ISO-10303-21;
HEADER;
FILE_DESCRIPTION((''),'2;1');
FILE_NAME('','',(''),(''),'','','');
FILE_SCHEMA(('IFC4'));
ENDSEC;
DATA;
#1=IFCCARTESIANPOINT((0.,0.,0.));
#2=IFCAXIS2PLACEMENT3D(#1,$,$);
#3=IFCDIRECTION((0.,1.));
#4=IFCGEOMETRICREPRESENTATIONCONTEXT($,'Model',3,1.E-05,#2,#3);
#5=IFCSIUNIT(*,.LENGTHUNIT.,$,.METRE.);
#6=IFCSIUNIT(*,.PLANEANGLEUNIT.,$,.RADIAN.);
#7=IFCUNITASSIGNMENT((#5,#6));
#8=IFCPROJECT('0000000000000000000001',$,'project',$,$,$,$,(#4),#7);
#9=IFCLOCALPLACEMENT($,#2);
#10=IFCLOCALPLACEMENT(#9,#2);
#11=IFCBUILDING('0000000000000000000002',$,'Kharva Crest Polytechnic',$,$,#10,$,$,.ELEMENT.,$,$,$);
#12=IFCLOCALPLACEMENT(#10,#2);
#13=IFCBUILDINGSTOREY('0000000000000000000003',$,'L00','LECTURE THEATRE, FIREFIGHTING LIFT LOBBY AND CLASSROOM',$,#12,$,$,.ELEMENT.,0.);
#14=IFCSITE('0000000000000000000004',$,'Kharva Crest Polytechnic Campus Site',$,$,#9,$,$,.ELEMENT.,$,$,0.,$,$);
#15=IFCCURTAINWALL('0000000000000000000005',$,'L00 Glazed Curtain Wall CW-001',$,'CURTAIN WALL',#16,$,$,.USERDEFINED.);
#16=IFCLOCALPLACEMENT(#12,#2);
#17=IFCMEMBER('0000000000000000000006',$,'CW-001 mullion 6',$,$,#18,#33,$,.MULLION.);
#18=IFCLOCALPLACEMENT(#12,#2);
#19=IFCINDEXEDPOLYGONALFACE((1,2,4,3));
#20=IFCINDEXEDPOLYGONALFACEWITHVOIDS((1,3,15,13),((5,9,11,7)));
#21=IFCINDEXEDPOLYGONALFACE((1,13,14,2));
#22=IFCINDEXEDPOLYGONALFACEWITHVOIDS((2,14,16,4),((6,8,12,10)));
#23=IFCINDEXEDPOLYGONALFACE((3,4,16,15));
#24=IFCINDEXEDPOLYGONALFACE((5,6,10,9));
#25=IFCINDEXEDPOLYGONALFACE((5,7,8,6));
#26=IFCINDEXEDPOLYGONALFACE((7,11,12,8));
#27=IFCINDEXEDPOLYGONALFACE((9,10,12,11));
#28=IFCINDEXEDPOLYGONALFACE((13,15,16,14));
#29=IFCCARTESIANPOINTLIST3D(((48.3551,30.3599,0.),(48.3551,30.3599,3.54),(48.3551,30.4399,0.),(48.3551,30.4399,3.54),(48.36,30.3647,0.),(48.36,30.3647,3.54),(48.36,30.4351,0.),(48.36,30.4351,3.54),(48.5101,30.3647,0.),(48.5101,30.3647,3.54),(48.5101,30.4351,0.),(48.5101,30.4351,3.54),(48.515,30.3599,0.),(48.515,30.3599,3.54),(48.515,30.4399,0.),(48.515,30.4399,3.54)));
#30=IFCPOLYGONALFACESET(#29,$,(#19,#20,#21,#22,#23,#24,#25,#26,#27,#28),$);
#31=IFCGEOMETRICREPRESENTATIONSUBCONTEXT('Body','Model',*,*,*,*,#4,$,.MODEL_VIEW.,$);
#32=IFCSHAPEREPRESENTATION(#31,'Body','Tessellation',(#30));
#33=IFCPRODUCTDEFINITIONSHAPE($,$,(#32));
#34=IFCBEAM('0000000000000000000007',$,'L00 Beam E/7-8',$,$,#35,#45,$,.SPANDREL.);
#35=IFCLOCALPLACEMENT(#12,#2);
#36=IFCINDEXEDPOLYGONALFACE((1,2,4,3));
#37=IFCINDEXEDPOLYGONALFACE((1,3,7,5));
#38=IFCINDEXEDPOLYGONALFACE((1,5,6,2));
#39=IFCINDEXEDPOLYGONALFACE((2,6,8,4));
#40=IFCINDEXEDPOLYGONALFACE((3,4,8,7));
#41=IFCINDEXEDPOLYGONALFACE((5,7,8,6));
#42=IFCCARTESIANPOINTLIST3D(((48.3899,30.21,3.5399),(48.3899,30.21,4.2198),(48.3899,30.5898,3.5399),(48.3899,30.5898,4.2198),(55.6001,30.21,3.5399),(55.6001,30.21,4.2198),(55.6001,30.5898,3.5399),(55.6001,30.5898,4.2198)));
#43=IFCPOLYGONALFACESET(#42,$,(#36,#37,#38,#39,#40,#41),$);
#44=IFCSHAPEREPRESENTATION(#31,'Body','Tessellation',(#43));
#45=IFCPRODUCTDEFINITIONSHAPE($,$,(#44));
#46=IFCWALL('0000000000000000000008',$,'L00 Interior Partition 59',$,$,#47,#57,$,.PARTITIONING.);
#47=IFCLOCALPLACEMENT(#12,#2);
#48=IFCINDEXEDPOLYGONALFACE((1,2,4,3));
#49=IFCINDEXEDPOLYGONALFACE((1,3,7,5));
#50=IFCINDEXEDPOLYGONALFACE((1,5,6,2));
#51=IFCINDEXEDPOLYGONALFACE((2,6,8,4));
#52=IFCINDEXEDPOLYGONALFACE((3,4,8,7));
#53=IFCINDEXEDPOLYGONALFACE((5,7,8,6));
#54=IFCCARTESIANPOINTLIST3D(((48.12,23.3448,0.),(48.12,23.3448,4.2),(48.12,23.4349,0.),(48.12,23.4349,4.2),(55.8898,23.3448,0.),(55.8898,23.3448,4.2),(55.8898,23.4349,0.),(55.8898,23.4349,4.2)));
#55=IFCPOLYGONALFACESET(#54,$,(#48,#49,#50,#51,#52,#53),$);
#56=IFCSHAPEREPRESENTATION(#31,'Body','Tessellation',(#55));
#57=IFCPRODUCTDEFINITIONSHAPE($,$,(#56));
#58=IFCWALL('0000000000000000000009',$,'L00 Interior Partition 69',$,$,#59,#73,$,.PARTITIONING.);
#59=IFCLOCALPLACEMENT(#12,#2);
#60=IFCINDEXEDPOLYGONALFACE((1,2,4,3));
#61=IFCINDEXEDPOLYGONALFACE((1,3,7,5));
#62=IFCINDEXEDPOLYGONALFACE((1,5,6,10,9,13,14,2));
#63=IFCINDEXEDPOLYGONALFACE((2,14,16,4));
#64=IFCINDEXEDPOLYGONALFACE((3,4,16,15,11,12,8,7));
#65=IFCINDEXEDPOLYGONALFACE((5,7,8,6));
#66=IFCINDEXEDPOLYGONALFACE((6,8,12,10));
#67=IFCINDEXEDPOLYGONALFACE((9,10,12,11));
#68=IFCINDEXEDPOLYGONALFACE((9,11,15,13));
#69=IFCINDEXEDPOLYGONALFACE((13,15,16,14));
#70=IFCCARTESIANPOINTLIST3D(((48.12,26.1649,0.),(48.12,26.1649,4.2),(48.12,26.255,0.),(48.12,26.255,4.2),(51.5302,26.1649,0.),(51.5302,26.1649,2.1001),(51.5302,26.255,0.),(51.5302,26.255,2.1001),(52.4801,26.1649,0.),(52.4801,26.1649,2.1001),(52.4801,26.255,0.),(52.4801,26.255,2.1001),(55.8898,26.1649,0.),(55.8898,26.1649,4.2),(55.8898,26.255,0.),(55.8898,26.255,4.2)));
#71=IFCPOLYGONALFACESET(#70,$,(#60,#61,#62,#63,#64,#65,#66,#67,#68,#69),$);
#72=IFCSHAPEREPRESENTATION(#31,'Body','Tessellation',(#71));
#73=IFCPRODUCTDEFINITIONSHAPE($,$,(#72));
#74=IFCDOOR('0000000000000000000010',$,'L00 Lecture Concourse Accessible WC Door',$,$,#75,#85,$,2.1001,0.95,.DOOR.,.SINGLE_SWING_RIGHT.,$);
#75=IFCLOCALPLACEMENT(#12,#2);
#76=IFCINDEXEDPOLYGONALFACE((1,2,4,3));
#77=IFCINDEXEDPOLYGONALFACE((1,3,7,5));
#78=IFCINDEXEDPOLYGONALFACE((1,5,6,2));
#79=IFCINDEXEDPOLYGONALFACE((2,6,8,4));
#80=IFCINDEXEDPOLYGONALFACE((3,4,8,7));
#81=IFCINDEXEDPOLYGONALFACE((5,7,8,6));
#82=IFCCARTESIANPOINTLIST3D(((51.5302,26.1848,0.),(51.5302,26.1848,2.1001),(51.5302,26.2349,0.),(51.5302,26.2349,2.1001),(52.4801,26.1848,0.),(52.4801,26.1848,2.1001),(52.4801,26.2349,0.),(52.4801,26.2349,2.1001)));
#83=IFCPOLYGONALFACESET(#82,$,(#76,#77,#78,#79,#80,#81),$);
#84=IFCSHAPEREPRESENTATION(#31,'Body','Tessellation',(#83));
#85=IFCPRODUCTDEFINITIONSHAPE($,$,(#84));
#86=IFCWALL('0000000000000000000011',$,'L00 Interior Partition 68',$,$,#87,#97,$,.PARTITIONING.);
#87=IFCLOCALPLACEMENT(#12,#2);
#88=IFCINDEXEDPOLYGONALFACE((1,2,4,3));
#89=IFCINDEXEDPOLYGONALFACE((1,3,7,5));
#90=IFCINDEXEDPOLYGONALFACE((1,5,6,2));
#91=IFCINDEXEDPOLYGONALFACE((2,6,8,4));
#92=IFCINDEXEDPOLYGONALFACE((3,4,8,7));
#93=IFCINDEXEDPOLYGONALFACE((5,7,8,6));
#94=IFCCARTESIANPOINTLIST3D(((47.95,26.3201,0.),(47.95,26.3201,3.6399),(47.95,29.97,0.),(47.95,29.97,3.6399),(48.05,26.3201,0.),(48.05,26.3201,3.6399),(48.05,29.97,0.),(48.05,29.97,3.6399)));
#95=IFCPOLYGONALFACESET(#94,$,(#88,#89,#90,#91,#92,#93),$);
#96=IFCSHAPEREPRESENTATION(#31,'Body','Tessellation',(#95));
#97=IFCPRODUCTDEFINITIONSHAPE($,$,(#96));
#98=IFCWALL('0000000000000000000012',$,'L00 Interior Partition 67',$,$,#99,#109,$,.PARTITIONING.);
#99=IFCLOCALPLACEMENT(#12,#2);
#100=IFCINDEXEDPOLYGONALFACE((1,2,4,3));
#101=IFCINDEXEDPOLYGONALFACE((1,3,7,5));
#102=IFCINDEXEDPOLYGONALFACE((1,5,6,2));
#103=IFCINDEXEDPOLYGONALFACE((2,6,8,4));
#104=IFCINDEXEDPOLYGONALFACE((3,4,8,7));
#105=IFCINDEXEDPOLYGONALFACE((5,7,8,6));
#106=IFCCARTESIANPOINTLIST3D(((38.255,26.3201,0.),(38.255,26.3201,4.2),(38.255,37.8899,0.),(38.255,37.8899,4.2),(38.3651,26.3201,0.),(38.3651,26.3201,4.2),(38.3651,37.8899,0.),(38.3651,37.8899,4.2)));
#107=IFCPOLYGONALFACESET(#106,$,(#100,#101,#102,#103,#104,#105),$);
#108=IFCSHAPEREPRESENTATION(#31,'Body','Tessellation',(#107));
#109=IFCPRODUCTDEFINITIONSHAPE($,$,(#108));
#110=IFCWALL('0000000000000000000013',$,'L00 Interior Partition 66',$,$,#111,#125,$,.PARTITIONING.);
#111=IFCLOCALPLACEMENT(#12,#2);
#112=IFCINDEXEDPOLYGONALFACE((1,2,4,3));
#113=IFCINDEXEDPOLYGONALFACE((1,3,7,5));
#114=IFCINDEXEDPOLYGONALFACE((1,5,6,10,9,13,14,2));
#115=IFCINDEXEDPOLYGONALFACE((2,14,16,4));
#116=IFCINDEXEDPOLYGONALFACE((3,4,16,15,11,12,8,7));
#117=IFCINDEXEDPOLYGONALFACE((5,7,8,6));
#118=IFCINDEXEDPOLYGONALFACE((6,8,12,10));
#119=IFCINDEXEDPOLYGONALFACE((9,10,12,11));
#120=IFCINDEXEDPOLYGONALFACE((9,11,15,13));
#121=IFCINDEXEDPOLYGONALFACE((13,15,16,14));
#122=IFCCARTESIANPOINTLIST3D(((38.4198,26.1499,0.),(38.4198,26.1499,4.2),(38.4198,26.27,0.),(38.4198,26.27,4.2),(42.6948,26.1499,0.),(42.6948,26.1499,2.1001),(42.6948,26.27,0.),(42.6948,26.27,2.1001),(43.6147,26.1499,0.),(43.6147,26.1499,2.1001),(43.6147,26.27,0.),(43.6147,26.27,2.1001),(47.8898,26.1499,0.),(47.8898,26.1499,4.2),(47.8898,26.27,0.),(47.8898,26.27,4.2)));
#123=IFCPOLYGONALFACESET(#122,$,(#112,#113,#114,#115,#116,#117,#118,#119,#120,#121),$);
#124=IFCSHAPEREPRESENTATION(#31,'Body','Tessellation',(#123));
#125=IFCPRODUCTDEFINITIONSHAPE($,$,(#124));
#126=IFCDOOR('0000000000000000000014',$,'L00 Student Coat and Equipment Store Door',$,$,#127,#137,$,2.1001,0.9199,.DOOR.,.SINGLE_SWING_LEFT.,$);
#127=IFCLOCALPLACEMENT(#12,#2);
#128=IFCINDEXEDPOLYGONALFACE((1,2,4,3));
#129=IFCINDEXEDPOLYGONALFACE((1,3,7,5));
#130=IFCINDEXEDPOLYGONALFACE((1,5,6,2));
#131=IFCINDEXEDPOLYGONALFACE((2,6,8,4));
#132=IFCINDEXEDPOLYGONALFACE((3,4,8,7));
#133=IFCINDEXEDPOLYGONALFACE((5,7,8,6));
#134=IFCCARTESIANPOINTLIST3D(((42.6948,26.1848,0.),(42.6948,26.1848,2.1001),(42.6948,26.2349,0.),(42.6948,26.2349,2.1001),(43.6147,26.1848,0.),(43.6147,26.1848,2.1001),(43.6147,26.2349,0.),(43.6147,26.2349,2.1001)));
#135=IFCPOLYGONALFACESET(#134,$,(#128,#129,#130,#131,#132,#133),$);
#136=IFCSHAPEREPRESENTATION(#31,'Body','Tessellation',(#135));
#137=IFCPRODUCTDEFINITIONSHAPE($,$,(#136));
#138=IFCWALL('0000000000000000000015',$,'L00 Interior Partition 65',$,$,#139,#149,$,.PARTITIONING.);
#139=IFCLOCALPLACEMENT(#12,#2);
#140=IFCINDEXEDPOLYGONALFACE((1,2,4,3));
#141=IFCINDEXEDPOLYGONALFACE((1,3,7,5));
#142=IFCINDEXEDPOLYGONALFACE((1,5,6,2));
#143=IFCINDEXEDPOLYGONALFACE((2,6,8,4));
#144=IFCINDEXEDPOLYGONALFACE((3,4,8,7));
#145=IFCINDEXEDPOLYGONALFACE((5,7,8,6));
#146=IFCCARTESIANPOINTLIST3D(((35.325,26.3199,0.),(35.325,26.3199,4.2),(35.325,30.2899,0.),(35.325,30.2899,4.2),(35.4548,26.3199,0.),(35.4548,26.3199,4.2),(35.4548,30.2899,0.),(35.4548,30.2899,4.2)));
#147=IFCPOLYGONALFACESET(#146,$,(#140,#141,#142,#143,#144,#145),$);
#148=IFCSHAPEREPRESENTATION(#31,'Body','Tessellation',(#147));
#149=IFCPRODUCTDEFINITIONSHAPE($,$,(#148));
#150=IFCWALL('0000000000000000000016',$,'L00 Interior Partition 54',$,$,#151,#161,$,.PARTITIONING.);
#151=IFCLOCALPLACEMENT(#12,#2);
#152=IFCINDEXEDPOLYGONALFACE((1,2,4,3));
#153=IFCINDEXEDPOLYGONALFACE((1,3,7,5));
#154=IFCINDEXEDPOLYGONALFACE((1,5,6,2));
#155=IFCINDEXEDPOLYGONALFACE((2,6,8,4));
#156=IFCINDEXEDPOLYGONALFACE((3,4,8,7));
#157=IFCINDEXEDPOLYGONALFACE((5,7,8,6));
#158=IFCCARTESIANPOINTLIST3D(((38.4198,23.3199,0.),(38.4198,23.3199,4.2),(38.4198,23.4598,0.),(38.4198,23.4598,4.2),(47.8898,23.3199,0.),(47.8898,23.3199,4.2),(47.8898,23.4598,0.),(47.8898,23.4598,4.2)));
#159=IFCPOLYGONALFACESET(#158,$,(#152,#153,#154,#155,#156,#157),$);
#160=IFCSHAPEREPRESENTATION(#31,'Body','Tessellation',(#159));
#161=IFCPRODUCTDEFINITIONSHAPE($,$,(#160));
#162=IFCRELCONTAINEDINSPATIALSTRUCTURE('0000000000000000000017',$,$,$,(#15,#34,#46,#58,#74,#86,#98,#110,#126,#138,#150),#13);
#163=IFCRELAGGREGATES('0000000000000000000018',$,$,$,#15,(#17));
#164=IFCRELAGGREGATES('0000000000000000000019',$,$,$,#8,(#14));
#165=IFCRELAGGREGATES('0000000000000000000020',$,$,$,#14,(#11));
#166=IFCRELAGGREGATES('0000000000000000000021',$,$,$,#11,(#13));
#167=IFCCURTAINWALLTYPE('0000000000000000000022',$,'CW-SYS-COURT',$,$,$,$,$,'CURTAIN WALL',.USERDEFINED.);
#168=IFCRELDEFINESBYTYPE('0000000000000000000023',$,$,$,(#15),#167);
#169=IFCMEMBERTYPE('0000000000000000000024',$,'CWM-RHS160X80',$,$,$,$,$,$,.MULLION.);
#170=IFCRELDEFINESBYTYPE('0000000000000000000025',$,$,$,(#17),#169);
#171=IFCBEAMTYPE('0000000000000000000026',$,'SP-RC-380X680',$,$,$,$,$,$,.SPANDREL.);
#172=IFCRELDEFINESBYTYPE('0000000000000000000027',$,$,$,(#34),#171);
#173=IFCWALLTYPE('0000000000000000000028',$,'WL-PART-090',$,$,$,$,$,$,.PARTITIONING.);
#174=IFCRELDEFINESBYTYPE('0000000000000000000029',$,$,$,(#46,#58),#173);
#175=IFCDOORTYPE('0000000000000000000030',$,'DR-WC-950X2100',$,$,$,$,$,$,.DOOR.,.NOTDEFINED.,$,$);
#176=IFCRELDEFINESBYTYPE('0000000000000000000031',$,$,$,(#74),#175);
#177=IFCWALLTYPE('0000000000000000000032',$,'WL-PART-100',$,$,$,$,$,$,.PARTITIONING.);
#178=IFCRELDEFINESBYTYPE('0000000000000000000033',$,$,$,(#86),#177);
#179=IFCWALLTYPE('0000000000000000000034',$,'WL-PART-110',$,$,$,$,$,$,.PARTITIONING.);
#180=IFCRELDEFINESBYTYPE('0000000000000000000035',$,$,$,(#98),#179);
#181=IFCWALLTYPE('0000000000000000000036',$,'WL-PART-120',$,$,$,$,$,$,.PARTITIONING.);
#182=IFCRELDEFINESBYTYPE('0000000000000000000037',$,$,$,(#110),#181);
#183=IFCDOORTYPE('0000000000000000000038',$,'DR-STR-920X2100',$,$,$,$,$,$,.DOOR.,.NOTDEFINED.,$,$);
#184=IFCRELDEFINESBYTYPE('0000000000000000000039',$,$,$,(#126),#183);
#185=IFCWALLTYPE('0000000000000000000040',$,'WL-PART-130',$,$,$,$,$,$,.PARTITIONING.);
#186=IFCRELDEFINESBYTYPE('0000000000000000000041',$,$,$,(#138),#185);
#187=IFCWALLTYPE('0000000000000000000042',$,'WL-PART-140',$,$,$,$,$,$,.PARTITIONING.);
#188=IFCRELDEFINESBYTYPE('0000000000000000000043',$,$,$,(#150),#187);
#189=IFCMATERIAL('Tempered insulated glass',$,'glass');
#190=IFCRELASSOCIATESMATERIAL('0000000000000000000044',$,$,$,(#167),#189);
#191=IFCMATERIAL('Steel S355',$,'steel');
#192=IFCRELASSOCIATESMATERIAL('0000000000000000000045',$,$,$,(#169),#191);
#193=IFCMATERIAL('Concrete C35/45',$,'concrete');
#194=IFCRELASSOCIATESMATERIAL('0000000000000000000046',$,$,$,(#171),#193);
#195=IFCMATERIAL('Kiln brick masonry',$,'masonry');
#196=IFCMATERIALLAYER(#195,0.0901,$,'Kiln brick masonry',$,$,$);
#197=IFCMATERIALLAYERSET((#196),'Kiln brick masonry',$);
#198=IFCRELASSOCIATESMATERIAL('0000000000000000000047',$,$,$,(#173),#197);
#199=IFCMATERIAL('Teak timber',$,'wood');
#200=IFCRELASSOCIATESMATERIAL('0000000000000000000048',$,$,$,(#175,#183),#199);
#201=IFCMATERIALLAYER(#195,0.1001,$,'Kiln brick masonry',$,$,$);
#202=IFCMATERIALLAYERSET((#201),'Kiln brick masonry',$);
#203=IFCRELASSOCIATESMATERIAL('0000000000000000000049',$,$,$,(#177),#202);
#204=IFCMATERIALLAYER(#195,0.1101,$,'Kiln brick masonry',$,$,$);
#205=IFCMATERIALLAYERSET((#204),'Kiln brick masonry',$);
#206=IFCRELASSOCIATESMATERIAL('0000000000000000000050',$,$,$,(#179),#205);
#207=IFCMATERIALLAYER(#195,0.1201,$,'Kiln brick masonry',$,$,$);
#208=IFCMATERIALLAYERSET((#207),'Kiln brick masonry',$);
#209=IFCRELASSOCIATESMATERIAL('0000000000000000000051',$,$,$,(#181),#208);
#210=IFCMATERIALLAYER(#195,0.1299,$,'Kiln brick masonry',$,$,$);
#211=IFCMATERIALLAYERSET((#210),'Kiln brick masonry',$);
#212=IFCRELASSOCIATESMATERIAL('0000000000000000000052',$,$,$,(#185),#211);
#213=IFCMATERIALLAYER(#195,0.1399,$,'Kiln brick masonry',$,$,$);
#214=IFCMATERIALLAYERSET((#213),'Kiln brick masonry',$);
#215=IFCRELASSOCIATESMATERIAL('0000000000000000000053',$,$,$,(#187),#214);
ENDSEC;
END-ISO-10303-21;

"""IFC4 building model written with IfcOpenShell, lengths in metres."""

from ifc_helpers import new_model, si_unit, direction, frame, frame_2d, origin, origin_2d, place, context, subcontext, project, spatial, rectangle, hollow_rectangle, extrude, material, layer, layer_set, material_profile, profile_set, type_object, element, fill, aggregate, save


model = new_model("IFC4")

# Units and contexts
model_context = context("Model", 3, precision=1e-05, world=origin(), true_north=direction((0.0, 1.0)))
body_context = subcontext(model_context, "Body", "Model", "MODEL_VIEW")
ifc_project = project(units=[si_unit("LENGTHUNIT", "METRE"), si_unit("PLANEANGLEUNIT", "RADIAN")], contexts=[model_context])

# Site, building, storey
site_placement = place(None, origin())
site = spatial("IfcSite", under=ifc_project, at=site_placement, Name="Kharva Crest Polytechnic Campus Site", CompositionType="ELEMENT", RefElevation=0.0)
building_placement = place(site_placement, origin())
building = spatial("IfcBuilding", under=site, at=building_placement, Name="Kharva Crest Polytechnic", CompositionType="ELEMENT")
storey_placement = place(building_placement, origin())
storey = spatial("IfcBuildingStorey", under=building, at=storey_placement, Name="L00", Description="LECTURE THEATRE, FIREFIGHTING LIFT LOBBY AND CLASSROOM", CompositionType="ELEMENT", Elevation=0.0)

# Shared definitions
ifc_material_1 = material(Name="Concrete C35/45", Category="concrete")

# Curtain wall, member
ifc_material_2 = material(Name="Tempered insulated glass", Category="glass")
curtain_wall_type = type_object("IfcCurtainWallType", Name="CW-SYS-COURT", ElementType="CURTAIN WALL", PredefinedType="USERDEFINED", material=ifc_material_2)
curtain_wall_placement = place(storey_placement, origin())
curtain_wall = element("IfcCurtainWall", 1, at=curtain_wall_placement, inside=storey, type_object=curtain_wall_type, Name="L00 Glazed Curtain Wall CW-001", ObjectType="CURTAIN WALL", PredefinedType="USERDEFINED")
ifc_material_3 = material(Name="Steel S355", Category="steel")
ifc_material_profile_1 = material_profile(ifc_material_3, hollow_rectangle(XDim=0.0801, YDim=0.1599, WallThickness=0.0049, at=origin_2d()), Name="RHS 160X80X5.0")
ifc_profile_set_1 = profile_set([ifc_material_profile_1], Name="Steel S355")
member_type = type_object("IfcMemberType", Name="CWM-RHS160X80", PredefinedType="MULLION", material=ifc_profile_set_1)
member_placement = place(storey_placement, frame((48.4351, 30.3999, 0.0), z_axis=(0.0, 0.0, 1.0), x_axis=(0.0, -1.0, 0.0)))
member = element("IfcMember", 2, at=member_placement, type_object=member_type, Name="CW-001 mullion 6", PredefinedType="MULLION", context=body_context, shape_type="SweptSolid", body=[
    extrude(hollow_rectangle(XDim=0.0801, YDim=0.1599, WallThickness=0.0049, at=origin_2d()), origin(), (0.0, 0.0, 1.0), 3.54),
])
aggregate(curtain_wall, [member])

# Beam
ifc_material_profile_2 = material_profile(ifc_material_1, rectangle(XDim=0.3799, YDim=0.6799, at=origin_2d()), Name="RECT 380 X 680")
ifc_profile_set_2 = profile_set([ifc_material_profile_2], Name="Concrete C35/45")
beam_type_1 = type_object("IfcBeamType", Name="SP-RC-380X680", PredefinedType="SPANDREL", material=ifc_profile_set_2)
beam_1_placement = place(storey_placement, frame((48.3899, 30.3999, 3.8799), z_axis=(1.0, 0.0, 0.0), x_axis=(0.0, 1.0, 0.0)))
element("IfcBeam", 3, at=beam_1_placement, inside=storey, type_object=beam_type_1, Name="L00 Beam E/7-8", PredefinedType="SPANDREL", context=body_context, shape_type="SweptSolid", body=[
    extrude(rectangle(XDim=0.3799, YDim=0.6799, at=origin_2d()), origin(), (0.0, 0.0, 1.0), 7.2102),
])

# Wall
ifc_material_4 = material(Name="Kiln brick masonry", Category="masonry")
ifc_layer_1 = layer(ifc_material_4, 0.0901, Name="Kiln brick masonry")
ifc_layer_set_1 = layer_set([ifc_layer_1], Name="Kiln brick masonry")
wall_type_1 = type_object("IfcWallType", Name="WL-PART-090", PredefinedType="PARTITIONING", material=ifc_layer_set_1)
wall_1_placement = place(storey_placement, frame((48.1201, 23.3899, 0.0), z_axis=(0.0, 0.0, 1.0), x_axis=(1.0, 0.0, 0.0)))
element("IfcWall", 4, at=wall_1_placement, inside=storey, type_object=wall_type_1, Name="L00 Interior Partition 59", PredefinedType="PARTITIONING", context=body_context, shape_type="SweptSolid", body=[
    extrude(rectangle(XDim=7.7698, YDim=0.0901, at=frame_2d((3.8848, 0.0))), origin(), (0.0, 0.0, 1.0), 4.2),
])

# Wall, opening, door
wall_2_placement = place(storey_placement, frame((48.1201, 26.21, 0.0), z_axis=(0.0, 0.0, 1.0), x_axis=(1.0, 0.0, 0.0)))
wall_2 = element("IfcWall", 5, at=wall_2_placement, inside=storey, type_object=wall_type_1, Name="L00 Interior Partition 69", PredefinedType="PARTITIONING", context=body_context, shape_type="SweptSolid", body=[
    extrude(rectangle(XDim=7.7698, YDim=0.0901, at=frame_2d((3.8848, 0.0))), origin(), (0.0, 0.0, 1.0), 4.2),
])
opening_1_placement = place(wall_2_placement, frame((3.4099, 0.0, 0.0)))
opening_1 = element("IfcOpeningElement", 6, at=opening_1_placement, cuts=wall_2, PredefinedType="OPENING", context=body_context, shape_type="SweptSolid", body=[
    extrude(rectangle(XDim=0.95, YDim=2.1001, at=frame_2d((0.4751, 1.05))), frame((0.0, 0.0549, 0.0), z_axis=(0.0, -1.0, 0.0), x_axis=(1.0, 0.0, 0.0)), (0.0, 0.0, 1.0), 0.1101),
])
ifc_material_5 = material(Name="Teak timber", Category="wood")
door_type_1 = type_object("IfcDoorType", Name="DR-WC-950X2100", OperationType="NOTDEFINED", PredefinedType="DOOR", material=ifc_material_5)
door_1_placement = place(opening_1_placement, origin())
door_1 = element("IfcDoor", 7, at=door_1_placement, inside=storey, type_object=door_type_1, Name="L00 Lecture Concourse Accessible WC Door", OperationType="SINGLE_SWING_RIGHT", OverallHeight=2.1001, OverallWidth=0.95, PredefinedType="DOOR", context=body_context, shape_type="SweptSolid", body=[
    extrude(rectangle(XDim=0.95, YDim=2.1001, at=frame_2d((0.4751, 1.05))), frame((0.0, 0.0249, 0.0), z_axis=(0.0, -1.0, 0.0), x_axis=(1.0, 0.0, 0.0)), (0.0, 0.0, 1.0), 0.05),
])
fill(opening_1, door_1)

# Walls
ifc_layer_2 = layer(ifc_material_4, 0.1001, Name="Kiln brick masonry")
ifc_layer_set_2 = layer_set([ifc_layer_2], Name="Kiln brick masonry")
wall_type_2 = type_object("IfcWallType", Name="WL-PART-100", PredefinedType="PARTITIONING", material=ifc_layer_set_2)
wall_3_placement = place(storey_placement, frame((48.0, 26.3201, 0.0), z_axis=(0.0, 0.0, 1.0), x_axis=(0.0, 1.0, 0.0)))
element("IfcWall", 8, at=wall_3_placement, inside=storey, type_object=wall_type_2, Name="L00 Interior Partition 68", PredefinedType="PARTITIONING", context=body_context, shape_type="SweptSolid", body=[
    extrude(rectangle(XDim=3.6499, YDim=0.1001, at=frame_2d((1.825, 0.0))), origin(), (0.0, 0.0, 1.0), 3.6399),
])
ifc_layer_3 = layer(ifc_material_4, 0.1101, Name="Kiln brick masonry")
ifc_layer_set_3 = layer_set([ifc_layer_3], Name="Kiln brick masonry")
wall_type_3 = type_object("IfcWallType", Name="WL-PART-110", PredefinedType="PARTITIONING", material=ifc_layer_set_3)
wall_4_placement = place(storey_placement, frame((38.3101, 26.3201, 0.0), z_axis=(0.0, 0.0, 1.0), x_axis=(0.0, 1.0, 0.0)))
element("IfcWall", 9, at=wall_4_placement, inside=storey, type_object=wall_type_3, Name="L00 Interior Partition 67", PredefinedType="PARTITIONING", context=body_context, shape_type="SweptSolid", body=[
    extrude(rectangle(XDim=11.5698, YDim=0.1101, at=frame_2d((5.7849, 0.0))), origin(), (0.0, 0.0, 1.0), 4.2),
])

# Wall, opening, door
ifc_layer_4 = layer(ifc_material_4, 0.1201, Name="Kiln brick masonry")
ifc_layer_set_4 = layer_set([ifc_layer_4], Name="Kiln brick masonry")
wall_type_4 = type_object("IfcWallType", Name="WL-PART-120", PredefinedType="PARTITIONING", material=ifc_layer_set_4)
wall_5_placement = place(storey_placement, frame((38.4199, 26.21, 0.0), z_axis=(0.0, 0.0, 1.0), x_axis=(1.0, 0.0, 0.0)))
wall_5 = element("IfcWall", 10, at=wall_5_placement, inside=storey, type_object=wall_type_4, Name="L00 Interior Partition 66", PredefinedType="PARTITIONING", context=body_context, shape_type="SweptSolid", body=[
    extrude(rectangle(XDim=9.47, YDim=0.1201, at=frame_2d((4.7349, 0.0))), origin(), (0.0, 0.0, 1.0), 4.2),
])
opening_2_placement = place(wall_5_placement, frame((4.2749, 0.0, 0.0)))
opening_2 = element("IfcOpeningElement", 11, at=opening_2_placement, cuts=wall_5, PredefinedType="OPENING", context=body_context, shape_type="SweptSolid", body=[
    extrude(rectangle(XDim=0.9199, YDim=2.1001, at=frame_2d((0.46, 1.05))), frame((0.0, 0.0701, 0.0), z_axis=(0.0, -1.0, 0.0), x_axis=(1.0, 0.0, 0.0)), (0.0, 0.0, 1.0), 0.1401),
])
door_type_2 = type_object("IfcDoorType", Name="DR-STR-920X2100", OperationType="NOTDEFINED", PredefinedType="DOOR", material=ifc_material_5)
door_2_placement = place(opening_2_placement, origin())
door_2 = element("IfcDoor", 12, at=door_2_placement, inside=storey, type_object=door_type_2, Name="L00 Student Coat and Equipment Store Door", OperationType="SINGLE_SWING_LEFT", OverallHeight=2.1001, OverallWidth=0.9199, PredefinedType="DOOR", context=body_context, shape_type="SweptSolid", body=[
    extrude(rectangle(XDim=0.9199, YDim=2.1001, at=frame_2d((0.46, 1.05))), frame((0.0, 0.0249, 0.0), z_axis=(0.0, -1.0, 0.0), x_axis=(1.0, 0.0, 0.0)), (0.0, 0.0, 1.0), 0.05),
])
fill(opening_2, door_2)

# Walls
ifc_layer_5 = layer(ifc_material_4, 0.1299, Name="Kiln brick masonry")
ifc_layer_set_5 = layer_set([ifc_layer_5], Name="Kiln brick masonry")
wall_type_5 = type_object("IfcWallType", Name="WL-PART-130", PredefinedType="PARTITIONING", material=ifc_layer_set_5)
wall_6_placement = place(storey_placement, frame((35.3899, 26.3201, 0.0), z_axis=(0.0, 0.0, 1.0), x_axis=(0.0, 1.0, 0.0)))
element("IfcWall", 13, at=wall_6_placement, inside=storey, type_object=wall_type_5, Name="L00 Interior Partition 65", PredefinedType="PARTITIONING", context=body_context, shape_type="SweptSolid", body=[
    extrude(rectangle(XDim=3.97, YDim=0.1299, at=frame_2d((1.9849, 0.0))), origin(), (0.0, 0.0, 1.0), 4.2),
])
ifc_layer_6 = layer(ifc_material_4, 0.1399, Name="Kiln brick masonry")
ifc_layer_set_6 = layer_set([ifc_layer_6], Name="Kiln brick masonry")
wall_type_6 = type_object("IfcWallType", Name="WL-PART-140", PredefinedType="PARTITIONING", material=ifc_layer_set_6)
wall_7_placement = place(storey_placement, frame((38.4199, 23.3899, 0.0), z_axis=(0.0, 0.0, 1.0), x_axis=(1.0, 0.0, 0.0)))
element("IfcWall", 14, at=wall_7_placement, inside=storey, type_object=wall_type_6, Name="L00 Interior Partition 54", PredefinedType="PARTITIONING", context=body_context, shape_type="SweptSolid", body=[
    extrude(rectangle(XDim=9.47, YDim=0.1399, at=frame_2d((4.7349, 0.0))), origin(), (0.0, 0.0, 1.0), 4.2),
])

save(model, "model.ifc")
